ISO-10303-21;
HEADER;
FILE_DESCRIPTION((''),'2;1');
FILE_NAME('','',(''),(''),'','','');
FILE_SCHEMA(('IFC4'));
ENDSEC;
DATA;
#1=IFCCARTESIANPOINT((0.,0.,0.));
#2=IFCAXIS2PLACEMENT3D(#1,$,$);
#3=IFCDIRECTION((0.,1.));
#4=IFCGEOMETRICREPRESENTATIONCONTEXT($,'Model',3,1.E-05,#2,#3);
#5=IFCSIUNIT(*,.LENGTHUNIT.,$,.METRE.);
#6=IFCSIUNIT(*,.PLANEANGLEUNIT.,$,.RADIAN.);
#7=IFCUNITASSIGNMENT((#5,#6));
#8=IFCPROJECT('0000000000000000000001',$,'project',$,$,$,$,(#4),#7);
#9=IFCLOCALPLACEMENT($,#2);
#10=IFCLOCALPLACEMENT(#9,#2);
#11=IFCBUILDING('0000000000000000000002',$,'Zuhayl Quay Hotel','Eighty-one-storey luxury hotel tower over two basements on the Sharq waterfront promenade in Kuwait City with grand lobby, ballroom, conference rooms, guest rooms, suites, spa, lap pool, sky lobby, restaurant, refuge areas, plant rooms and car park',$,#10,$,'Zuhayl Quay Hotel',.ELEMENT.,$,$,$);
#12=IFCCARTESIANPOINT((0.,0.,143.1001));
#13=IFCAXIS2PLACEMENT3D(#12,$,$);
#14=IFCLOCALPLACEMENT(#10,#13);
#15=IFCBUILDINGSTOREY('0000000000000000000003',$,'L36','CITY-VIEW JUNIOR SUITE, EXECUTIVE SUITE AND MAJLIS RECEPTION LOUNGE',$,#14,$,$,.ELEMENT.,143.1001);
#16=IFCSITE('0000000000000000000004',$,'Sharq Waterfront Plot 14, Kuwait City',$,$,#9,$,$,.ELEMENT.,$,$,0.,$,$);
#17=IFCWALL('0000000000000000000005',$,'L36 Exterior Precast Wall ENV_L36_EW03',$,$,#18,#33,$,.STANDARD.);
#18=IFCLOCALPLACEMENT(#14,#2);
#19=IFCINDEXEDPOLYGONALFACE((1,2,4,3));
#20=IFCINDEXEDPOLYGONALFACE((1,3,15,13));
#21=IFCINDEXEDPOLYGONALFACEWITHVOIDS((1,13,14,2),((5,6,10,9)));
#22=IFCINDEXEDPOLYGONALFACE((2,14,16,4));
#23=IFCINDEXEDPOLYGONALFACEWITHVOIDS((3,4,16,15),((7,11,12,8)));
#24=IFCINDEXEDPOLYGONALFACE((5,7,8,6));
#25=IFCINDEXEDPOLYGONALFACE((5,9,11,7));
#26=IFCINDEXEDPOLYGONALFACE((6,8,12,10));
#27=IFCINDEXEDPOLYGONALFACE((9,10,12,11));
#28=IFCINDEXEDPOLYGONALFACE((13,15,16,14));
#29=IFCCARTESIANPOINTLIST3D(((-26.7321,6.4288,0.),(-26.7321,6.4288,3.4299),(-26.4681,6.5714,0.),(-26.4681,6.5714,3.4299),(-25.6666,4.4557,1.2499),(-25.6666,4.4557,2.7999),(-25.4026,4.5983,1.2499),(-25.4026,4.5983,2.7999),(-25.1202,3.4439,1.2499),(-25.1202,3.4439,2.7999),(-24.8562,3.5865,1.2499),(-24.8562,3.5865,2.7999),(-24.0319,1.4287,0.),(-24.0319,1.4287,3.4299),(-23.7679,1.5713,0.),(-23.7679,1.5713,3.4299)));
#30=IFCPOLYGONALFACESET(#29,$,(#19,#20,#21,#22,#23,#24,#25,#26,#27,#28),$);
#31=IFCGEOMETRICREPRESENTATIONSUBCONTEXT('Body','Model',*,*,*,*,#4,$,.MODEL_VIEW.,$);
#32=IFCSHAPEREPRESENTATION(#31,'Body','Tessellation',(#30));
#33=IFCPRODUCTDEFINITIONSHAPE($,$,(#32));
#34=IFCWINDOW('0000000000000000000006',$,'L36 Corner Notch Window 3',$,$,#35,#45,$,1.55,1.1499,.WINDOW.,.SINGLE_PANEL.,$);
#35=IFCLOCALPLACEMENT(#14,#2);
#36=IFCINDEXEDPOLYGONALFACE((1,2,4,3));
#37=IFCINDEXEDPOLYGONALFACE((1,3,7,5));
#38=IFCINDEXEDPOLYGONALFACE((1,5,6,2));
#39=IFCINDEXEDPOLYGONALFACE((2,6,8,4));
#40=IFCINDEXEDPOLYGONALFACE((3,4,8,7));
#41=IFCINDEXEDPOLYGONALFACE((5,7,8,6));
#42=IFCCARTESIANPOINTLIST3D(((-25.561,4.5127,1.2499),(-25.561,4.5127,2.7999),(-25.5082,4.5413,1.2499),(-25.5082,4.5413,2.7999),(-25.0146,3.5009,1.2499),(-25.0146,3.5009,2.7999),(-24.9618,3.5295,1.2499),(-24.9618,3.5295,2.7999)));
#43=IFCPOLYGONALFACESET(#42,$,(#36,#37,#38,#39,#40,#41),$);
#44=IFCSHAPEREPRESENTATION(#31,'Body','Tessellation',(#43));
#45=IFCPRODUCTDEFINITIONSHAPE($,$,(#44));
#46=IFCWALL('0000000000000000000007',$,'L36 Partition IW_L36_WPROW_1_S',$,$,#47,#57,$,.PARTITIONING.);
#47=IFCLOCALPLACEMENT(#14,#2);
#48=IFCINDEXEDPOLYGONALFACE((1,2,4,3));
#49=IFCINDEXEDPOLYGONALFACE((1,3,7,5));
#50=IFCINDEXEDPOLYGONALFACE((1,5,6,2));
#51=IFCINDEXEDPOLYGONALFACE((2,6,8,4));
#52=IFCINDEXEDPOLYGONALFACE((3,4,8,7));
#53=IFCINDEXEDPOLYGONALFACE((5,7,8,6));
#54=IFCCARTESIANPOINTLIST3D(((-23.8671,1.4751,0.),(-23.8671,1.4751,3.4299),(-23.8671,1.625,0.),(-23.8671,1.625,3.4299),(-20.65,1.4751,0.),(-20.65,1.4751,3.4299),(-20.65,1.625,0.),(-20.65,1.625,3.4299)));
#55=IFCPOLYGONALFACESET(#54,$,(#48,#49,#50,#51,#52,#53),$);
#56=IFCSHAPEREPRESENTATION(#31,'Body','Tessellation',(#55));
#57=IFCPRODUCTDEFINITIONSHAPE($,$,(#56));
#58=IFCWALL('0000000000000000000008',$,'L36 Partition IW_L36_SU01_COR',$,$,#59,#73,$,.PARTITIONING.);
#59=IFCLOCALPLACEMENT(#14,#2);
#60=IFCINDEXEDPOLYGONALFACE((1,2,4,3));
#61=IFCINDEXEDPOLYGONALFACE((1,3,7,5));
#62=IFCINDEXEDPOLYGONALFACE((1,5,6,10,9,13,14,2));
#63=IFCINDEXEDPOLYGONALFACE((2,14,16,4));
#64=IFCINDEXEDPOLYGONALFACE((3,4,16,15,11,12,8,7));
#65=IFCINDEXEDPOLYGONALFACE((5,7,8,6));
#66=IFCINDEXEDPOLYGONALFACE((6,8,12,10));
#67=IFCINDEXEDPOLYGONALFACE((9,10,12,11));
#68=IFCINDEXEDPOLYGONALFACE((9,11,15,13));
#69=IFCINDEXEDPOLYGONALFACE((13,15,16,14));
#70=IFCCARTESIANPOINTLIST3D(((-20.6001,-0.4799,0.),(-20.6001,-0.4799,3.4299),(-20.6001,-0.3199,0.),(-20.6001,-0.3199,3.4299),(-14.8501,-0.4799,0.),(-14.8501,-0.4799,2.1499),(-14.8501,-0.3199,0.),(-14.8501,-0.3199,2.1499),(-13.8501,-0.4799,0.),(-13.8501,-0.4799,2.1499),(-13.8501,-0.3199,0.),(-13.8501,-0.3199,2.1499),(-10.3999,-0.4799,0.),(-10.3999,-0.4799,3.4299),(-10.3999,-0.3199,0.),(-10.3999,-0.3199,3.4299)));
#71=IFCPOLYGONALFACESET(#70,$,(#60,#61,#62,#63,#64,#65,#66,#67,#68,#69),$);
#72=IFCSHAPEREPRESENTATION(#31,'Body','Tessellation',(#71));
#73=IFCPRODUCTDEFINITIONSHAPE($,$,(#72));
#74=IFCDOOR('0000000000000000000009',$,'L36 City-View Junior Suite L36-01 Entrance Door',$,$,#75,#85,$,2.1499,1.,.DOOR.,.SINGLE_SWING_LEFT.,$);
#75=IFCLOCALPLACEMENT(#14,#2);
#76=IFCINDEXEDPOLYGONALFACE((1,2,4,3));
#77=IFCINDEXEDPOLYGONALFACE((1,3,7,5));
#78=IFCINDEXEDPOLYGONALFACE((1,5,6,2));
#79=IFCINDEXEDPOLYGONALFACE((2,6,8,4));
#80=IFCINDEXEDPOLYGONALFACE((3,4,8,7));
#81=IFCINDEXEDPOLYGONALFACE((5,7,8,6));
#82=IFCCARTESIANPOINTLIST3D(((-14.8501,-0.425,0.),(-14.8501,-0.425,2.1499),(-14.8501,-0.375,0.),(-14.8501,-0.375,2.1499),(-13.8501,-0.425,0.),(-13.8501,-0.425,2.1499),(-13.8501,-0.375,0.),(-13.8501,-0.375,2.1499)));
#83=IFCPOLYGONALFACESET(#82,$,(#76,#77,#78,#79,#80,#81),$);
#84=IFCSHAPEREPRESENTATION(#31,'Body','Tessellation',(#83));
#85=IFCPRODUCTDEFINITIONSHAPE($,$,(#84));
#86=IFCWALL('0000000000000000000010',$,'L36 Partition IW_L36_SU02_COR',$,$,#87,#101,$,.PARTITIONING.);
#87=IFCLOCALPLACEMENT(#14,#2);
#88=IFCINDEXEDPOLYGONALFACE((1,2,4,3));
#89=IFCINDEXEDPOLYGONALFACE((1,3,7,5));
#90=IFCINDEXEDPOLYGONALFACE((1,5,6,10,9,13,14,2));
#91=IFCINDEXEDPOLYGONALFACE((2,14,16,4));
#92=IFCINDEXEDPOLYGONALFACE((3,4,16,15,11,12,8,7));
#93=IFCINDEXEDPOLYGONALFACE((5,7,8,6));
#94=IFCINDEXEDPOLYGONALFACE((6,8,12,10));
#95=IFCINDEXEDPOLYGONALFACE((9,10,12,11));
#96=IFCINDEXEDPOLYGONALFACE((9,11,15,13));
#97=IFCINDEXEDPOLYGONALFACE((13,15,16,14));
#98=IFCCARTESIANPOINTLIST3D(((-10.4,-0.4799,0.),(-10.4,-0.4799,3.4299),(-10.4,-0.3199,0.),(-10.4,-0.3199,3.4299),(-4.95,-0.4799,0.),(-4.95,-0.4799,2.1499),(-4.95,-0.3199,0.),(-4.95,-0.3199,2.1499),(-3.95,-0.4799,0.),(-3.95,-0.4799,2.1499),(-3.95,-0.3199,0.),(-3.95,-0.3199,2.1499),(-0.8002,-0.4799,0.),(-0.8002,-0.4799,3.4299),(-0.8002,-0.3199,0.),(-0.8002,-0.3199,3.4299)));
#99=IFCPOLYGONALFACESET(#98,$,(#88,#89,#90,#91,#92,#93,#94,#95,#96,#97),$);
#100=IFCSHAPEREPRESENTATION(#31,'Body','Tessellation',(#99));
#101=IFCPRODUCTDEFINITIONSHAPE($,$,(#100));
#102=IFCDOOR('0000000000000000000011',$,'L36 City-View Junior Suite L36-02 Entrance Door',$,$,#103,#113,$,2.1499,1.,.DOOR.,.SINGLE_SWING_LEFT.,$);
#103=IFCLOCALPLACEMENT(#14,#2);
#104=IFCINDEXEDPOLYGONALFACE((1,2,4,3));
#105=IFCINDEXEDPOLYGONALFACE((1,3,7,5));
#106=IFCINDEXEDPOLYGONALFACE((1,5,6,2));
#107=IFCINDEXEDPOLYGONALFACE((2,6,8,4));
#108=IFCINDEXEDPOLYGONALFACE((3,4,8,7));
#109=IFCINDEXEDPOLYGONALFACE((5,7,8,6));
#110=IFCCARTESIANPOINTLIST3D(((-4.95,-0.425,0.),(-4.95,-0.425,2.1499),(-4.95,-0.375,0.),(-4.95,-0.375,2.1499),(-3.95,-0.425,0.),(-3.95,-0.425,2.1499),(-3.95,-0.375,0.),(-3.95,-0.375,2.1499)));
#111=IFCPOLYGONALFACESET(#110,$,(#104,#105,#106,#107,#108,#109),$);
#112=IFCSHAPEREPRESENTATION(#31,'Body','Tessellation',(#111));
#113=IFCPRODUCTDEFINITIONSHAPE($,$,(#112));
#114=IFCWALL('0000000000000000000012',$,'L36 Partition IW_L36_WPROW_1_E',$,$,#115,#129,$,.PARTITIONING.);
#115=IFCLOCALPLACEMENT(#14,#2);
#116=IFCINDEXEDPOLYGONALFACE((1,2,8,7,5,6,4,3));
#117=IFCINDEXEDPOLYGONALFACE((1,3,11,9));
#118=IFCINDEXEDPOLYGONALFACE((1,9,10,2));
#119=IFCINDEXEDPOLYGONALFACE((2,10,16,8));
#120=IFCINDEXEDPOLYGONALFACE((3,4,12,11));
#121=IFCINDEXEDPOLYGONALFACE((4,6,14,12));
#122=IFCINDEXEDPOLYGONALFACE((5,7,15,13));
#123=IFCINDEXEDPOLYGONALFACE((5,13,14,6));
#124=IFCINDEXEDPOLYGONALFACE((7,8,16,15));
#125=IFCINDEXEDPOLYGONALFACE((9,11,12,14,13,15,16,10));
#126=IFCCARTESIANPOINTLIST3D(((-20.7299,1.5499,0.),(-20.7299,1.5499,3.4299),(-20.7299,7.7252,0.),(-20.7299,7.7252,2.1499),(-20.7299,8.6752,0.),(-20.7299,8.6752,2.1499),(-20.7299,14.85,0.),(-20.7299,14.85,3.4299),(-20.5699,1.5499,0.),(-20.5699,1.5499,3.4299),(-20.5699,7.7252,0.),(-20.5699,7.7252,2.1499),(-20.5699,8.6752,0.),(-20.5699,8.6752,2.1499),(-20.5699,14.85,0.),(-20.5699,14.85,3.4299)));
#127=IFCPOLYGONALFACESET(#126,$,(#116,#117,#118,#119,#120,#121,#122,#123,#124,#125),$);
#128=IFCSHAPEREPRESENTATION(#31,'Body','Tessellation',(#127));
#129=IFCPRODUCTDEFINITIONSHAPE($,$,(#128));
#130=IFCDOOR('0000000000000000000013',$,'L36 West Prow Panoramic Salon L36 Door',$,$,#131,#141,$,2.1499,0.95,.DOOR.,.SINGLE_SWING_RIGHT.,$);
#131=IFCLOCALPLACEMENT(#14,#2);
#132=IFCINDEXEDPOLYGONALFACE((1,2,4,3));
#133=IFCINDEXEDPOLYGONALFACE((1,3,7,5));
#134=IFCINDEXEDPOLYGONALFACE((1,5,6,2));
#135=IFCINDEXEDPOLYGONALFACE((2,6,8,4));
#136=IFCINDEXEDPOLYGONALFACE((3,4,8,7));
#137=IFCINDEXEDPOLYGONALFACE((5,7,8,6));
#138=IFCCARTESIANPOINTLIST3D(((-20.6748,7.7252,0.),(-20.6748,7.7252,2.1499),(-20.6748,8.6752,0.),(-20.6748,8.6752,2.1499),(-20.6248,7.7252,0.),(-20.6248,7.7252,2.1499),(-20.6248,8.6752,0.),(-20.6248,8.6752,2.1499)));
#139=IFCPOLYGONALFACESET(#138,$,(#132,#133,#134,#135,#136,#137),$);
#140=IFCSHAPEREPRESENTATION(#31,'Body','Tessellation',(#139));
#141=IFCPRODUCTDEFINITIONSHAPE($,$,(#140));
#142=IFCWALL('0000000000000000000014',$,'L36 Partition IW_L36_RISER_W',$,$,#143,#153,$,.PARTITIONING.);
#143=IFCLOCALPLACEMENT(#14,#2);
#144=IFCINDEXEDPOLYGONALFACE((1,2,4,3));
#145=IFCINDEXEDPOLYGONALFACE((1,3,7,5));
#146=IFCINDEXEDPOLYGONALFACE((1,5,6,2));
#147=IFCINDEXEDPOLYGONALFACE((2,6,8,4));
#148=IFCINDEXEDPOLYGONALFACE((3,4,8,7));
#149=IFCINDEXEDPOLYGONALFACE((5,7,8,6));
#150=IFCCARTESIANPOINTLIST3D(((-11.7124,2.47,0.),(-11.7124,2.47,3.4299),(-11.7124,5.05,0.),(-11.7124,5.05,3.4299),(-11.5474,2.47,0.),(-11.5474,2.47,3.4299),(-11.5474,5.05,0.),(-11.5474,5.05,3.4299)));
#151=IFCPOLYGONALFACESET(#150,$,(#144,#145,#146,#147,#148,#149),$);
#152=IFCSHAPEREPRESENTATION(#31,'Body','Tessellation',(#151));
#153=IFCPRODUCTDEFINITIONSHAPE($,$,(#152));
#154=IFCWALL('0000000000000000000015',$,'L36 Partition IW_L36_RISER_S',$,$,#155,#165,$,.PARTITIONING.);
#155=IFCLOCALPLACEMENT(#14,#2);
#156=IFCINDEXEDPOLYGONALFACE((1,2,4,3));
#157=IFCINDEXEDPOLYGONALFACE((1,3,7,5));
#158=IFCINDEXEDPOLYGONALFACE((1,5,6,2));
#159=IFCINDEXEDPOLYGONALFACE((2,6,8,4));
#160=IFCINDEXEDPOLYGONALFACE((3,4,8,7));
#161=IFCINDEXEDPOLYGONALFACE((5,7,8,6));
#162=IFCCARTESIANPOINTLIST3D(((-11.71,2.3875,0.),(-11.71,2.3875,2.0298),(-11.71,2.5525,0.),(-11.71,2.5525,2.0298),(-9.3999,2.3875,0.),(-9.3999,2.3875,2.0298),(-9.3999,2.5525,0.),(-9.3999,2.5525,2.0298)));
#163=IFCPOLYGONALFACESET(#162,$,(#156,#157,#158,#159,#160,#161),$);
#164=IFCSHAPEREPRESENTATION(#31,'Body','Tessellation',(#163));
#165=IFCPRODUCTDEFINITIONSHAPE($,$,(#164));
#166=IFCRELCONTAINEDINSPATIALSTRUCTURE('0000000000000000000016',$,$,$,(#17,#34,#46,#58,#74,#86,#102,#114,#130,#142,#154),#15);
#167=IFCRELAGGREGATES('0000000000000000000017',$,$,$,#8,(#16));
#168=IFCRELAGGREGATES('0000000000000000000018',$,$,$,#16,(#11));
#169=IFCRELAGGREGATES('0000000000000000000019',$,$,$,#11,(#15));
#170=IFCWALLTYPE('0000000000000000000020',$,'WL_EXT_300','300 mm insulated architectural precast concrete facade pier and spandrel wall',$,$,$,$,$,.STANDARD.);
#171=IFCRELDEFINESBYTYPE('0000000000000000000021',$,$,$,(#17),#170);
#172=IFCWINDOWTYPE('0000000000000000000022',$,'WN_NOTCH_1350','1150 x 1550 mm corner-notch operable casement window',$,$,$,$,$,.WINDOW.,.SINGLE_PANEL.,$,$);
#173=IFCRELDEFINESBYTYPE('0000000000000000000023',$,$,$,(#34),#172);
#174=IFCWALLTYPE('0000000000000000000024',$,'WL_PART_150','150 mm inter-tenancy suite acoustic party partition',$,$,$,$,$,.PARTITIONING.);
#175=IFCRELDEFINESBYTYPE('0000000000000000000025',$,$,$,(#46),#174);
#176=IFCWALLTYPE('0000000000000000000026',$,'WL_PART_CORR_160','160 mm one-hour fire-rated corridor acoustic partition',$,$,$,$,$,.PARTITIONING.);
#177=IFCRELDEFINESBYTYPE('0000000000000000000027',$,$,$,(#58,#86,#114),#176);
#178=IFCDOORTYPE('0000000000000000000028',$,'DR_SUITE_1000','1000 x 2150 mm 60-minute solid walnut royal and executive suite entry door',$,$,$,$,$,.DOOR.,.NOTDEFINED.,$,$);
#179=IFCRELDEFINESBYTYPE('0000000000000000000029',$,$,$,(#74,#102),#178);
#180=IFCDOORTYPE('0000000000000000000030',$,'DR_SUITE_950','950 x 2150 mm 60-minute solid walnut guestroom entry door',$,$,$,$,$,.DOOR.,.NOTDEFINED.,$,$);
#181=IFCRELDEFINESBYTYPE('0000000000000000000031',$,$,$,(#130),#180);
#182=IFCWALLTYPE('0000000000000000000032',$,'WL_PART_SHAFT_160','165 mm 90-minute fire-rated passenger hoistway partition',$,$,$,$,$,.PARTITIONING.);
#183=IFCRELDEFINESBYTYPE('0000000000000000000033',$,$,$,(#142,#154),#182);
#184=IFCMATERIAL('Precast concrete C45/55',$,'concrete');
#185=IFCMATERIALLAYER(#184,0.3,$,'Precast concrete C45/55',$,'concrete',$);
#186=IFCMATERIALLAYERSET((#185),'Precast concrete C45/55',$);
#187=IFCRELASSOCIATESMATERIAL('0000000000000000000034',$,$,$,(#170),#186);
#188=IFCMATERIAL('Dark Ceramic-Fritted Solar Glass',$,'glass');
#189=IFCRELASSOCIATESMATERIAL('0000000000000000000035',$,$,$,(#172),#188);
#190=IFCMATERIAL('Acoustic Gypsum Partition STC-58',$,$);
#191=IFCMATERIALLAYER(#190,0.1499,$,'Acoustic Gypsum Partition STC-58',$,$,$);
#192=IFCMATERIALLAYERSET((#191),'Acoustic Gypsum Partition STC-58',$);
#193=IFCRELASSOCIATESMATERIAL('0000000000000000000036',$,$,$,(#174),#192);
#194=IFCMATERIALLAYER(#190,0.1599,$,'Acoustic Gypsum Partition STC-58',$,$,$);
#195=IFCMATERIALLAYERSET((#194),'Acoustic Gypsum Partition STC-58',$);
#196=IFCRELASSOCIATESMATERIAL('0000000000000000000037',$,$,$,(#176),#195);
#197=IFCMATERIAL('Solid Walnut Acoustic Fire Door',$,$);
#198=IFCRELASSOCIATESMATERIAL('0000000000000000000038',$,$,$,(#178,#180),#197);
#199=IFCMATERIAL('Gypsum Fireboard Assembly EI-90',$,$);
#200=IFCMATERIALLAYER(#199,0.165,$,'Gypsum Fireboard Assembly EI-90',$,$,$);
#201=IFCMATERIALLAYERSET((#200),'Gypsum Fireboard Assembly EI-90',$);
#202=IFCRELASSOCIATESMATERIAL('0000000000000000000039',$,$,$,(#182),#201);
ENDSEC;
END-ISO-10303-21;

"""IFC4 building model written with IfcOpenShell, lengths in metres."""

from ifc_helpers import new_model, si_unit, direction, frame, frame_2d, origin, place, context, subcontext, project, spatial, rectangle, extrude, material, layer, layer_set, type_object, element, fill, save


model = new_model("IFC4")

# Units and contexts
model_context = context("Model", 3, precision=1e-05, world=origin(), true_north=direction((0.0, 1.0)))
body_context = subcontext(model_context, "Body", "Model", "MODEL_VIEW")
ifc_project = project(units=[si_unit("LENGTHUNIT", "METRE"), si_unit("PLANEANGLEUNIT", "RADIAN")], contexts=[model_context])

# Site, building, storey
site_placement = place(None, origin())
site = spatial("IfcSite", under=ifc_project, at=site_placement, Name="Sharq Waterfront Plot 14, Kuwait City", CompositionType="ELEMENT", RefElevation=0.0)
building_placement = place(site_placement, origin())
building = spatial("IfcBuilding", under=site, at=building_placement, Name="Zuhayl Quay Hotel", Description="Eighty-one-storey luxury hotel tower over two basements on the Sharq waterfront promenade in Kuwait City with grand lobby, ballroom, conference rooms, guest rooms, suites, spa, lap pool, sky lobby, restaurant, refuge areas, plant rooms and car park", LongName="Zuhayl Quay Hotel", CompositionType="ELEMENT")
storey_placement = place(building_placement, frame((0.0, 0.0, 143.1001)))
storey = spatial("IfcBuildingStorey", under=building, at=storey_placement, Name="L36", Description="CITY-VIEW JUNIOR SUITE, EXECUTIVE SUITE AND MAJLIS RECEPTION LOUNGE", CompositionType="ELEMENT", Elevation=143.1001)

# Shared definitions
ifc_material_1 = material(Name="Precast concrete C45/55", Category="concrete")
ifc_layer_1 = layer(ifc_material_1, 0.3, Name="Precast concrete C45/55", Category="concrete")
ifc_layer_set_1 = layer_set([ifc_layer_1], Name="Precast concrete C45/55")
wall_type_1 = type_object("IfcWallType", Name="WL_EXT_300", Description="300 mm insulated architectural precast concrete facade pier and spandrel wall", PredefinedType="STANDARD", material=ifc_layer_set_1)

# Wall, opening, window
wall_1_placement = place(storey_placement, frame((-23.8999, 1.5, 0.0), z_axis=(0.0, 0.0, 1.0), x_axis=(-0.475176, 0.879891, 0.0)))
wall_1 = element("IfcWall", 1, at=wall_1_placement, inside=storey, type_object=wall_type_1, Name="L36 Exterior Precast Wall ENV_L36_EW03", PredefinedType="STANDARD", context=body_context, shape_type="SweptSolid", body=[
    extrude(rectangle(XDim=5.6826, YDim=0.3, at=frame_2d((2.8413, 0.0))), origin(), (0.0, 0.0, 1.0), 3.4299),
])
opening_1_placement = place(wall_1_placement, frame((2.2903, 0.0, 1.25)))
opening_1 = element("IfcOpeningElement", 2, at=opening_1_placement, cuts=wall_1, PredefinedType="OPENING", context=body_context, shape_type="SweptSolid", body=[
    extrude(rectangle(XDim=1.1499, YDim=1.55, at=frame_2d((0.575, 0.7749))), frame((0.0, 0.1599, 0.0), z_axis=(0.0, -1.0, 0.0), x_axis=(1.0, 0.0, 0.0)), (0.0, 0.0, 1.0), 0.3201),
])
ifc_material_2 = material(Name="Dark Ceramic-Fritted Solar Glass", Category="glass")
window_type = type_object("IfcWindowType", Name="WN_NOTCH_1350", Description="1150 x 1550 mm corner-notch operable casement window", PartitioningType="SINGLE_PANEL", PredefinedType="WINDOW", material=ifc_material_2)
window_placement = place(opening_1_placement, origin())
window = element("IfcWindow", 3, at=window_placement, inside=storey, type_object=window_type, Name="L36 Corner Notch Window 3", OverallHeight=1.55, OverallWidth=1.1499, PartitioningType="SINGLE_PANEL", PredefinedType="WINDOW", context=body_context, shape_type="SweptSolid", body=[
    extrude(rectangle(XDim=1.1499, YDim=1.55, at=frame_2d((0.575, 0.7749))), frame((0.0, 0.03, 0.0), z_axis=(0.0, -1.0, 0.0), x_axis=(1.0, 0.0, 0.0)), (0.0, 0.0, 1.0), 0.0601),
])
fill(opening_1, window)

# Wall
ifc_material_3 = material(Name="Acoustic Gypsum Partition STC-58")
ifc_layer_2 = layer(ifc_material_3, 0.1499, Name="Acoustic Gypsum Partition STC-58")
ifc_layer_set_2 = layer_set([ifc_layer_2], Name="Acoustic Gypsum Partition STC-58")
wall_type_2 = type_object("IfcWallType", Name="WL_PART_150", Description="150 mm inter-tenancy suite acoustic party partition", PredefinedType="PARTITIONING", material=ifc_layer_set_2)
wall_2_placement = place(storey_placement, frame((-23.8669, 1.55, 0.0), z_axis=(0.0, 0.0, 1.0), x_axis=(1.0, 0.0, 0.0)))
element("IfcWall", 4, at=wall_2_placement, inside=storey, type_object=wall_type_2, Name="L36 Partition IW_L36_WPROW_1_S", PredefinedType="PARTITIONING", context=body_context, shape_type="SweptSolid", body=[
    extrude(rectangle(XDim=3.217, YDim=0.1499, at=frame_2d((1.6084, 0.0))), origin(), (0.0, 0.0, 1.0), 3.4299),
])

# Walls, openings, doors
ifc_layer_3 = layer(ifc_material_3, 0.1599, Name="Acoustic Gypsum Partition STC-58")
ifc_layer_set_3 = layer_set([ifc_layer_3], Name="Acoustic Gypsum Partition STC-58")
wall_type_3 = type_object("IfcWallType", Name="WL_PART_CORR_160", Description="160 mm one-hour fire-rated corridor acoustic partition", PredefinedType="PARTITIONING", material=ifc_layer_set_3)
wall_3_placement = place(storey_placement, frame((-20.6001, -0.3999, 0.0), z_axis=(0.0, 0.0, 1.0), x_axis=(1.0, 0.0, 0.0)))
wall_3 = element("IfcWall", 5, at=wall_3_placement, inside=storey, type_object=wall_type_3, Name="L36 Partition IW_L36_SU01_COR", PredefinedType="PARTITIONING", context=body_context, shape_type="SweptSolid", body=[
    extrude(rectangle(XDim=10.2002, YDim=0.1599, at=frame_2d((5.1001, 0.0))), origin(), (0.0, 0.0, 1.0), 3.4299),
])
opening_2_placement = place(wall_3_placement, frame((5.75, 0.0, 0.0)))
opening_2 = element("IfcOpeningElement", 6, at=opening_2_placement, cuts=wall_3, PredefinedType="OPENING", context=body_context, shape_type="SweptSolid", body=[
    extrude(rectangle(XDim=1.0, YDim=2.1499, at=frame_2d((0.5, 1.075))), frame((0.0, 0.0898, 0.0), z_axis=(0.0, -1.0, 0.0), x_axis=(1.0, 0.0, 0.0)), (0.0, 0.0, 1.0), 0.1799),
])
ifc_material_4 = material(Name="Solid Walnut Acoustic Fire Door")
door_type_1 = type_object("IfcDoorType", Name="DR_SUITE_1000", Description="1000 x 2150 mm 60-minute solid walnut royal and executive suite entry door", OperationType="NOTDEFINED", PredefinedType="DOOR", material=ifc_material_4)
door_1_placement = place(opening_2_placement, origin())
door_1 = element("IfcDoor", 7, at=door_1_placement, inside=storey, type_object=door_type_1, Name="L36 City-View Junior Suite L36-01 Entrance Door", OperationType="SINGLE_SWING_LEFT", OverallHeight=2.1499, OverallWidth=1.0, PredefinedType="DOOR", context=body_context, shape_type="SweptSolid", body=[
    extrude(rectangle(XDim=1.0, YDim=2.1499, at=frame_2d((0.5, 1.075))), frame((0.0, 0.0249, 0.0), z_axis=(0.0, -1.0, 0.0), x_axis=(1.0, 0.0, 0.0)), (0.0, 0.0, 1.0), 0.05),
])
fill(opening_2, door_1)
wall_4_placement = place(storey_placement, frame((-10.3999, -0.3999, 0.0), z_axis=(0.0, 0.0, 1.0), x_axis=(1.0, 0.0, 0.0)))
wall_4 = element("IfcWall", 8, at=wall_4_placement, inside=storey, type_object=wall_type_3, Name="L36 Partition IW_L36_SU02_COR", PredefinedType="PARTITIONING", context=body_context, shape_type="SweptSolid", body=[
    extrude(rectangle(XDim=9.5999, YDim=0.1599, at=frame_2d((4.7998, 0.0))), origin(), (0.0, 0.0, 1.0), 3.4299),
])
opening_3_placement = place(wall_4_placement, frame((5.45, 0.0, 0.0)))
opening_3 = element("IfcOpeningElement", 9, at=opening_3_placement, cuts=wall_4, PredefinedType="OPENING", context=body_context, shape_type="SweptSolid", body=[
    extrude(rectangle(XDim=1.0, YDim=2.1499, at=frame_2d((0.5, 1.075))), frame((0.0, 0.0898, 0.0), z_axis=(0.0, -1.0, 0.0), x_axis=(1.0, 0.0, 0.0)), (0.0, 0.0, 1.0), 0.1799),
])
door_2_placement = place(opening_3_placement, origin())
door_2 = element("IfcDoor", 10, at=door_2_placement, inside=storey, type_object=door_type_1, Name="L36 City-View Junior Suite L36-02 Entrance Door", OperationType="SINGLE_SWING_LEFT", OverallHeight=2.1499, OverallWidth=1.0, PredefinedType="DOOR", context=body_context, shape_type="SweptSolid", body=[
    extrude(rectangle(XDim=1.0, YDim=2.1499, at=frame_2d((0.5, 1.075))), frame((0.0, 0.0249, 0.0), z_axis=(0.0, -1.0, 0.0), x_axis=(1.0, 0.0, 0.0)), (0.0, 0.0, 1.0), 0.05),
])
fill(opening_3, door_2)
wall_5_placement = place(storey_placement, frame((-20.6499, 1.55, 0.0), z_axis=(0.0, 0.0, 1.0), x_axis=(0.0, 1.0, 0.0)))
wall_5 = element("IfcWall", 11, at=wall_5_placement, inside=storey, type_object=wall_type_3, Name="L36 Partition IW_L36_WPROW_1_E", PredefinedType="PARTITIONING", context=body_context, shape_type="SweptSolid", body=[
    extrude(rectangle(XDim=13.3, YDim=0.1599, at=frame_2d((6.6499, 0.0))), origin(), (0.0, 0.0, 1.0), 3.4299),
])
opening_4_placement = place(wall_5_placement, frame((6.175, 0.0, 0.0)))
opening_4 = element("IfcOpeningElement", 12, at=opening_4_placement, cuts=wall_5, PredefinedType="OPENING", context=body_context, shape_type="SweptSolid", body=[
    extrude(rectangle(XDim=0.95, YDim=2.1499, at=frame_2d((0.4751, 1.075))), frame((0.0, 0.0898, 0.0), z_axis=(0.0, -1.0, 0.0), x_axis=(1.0, 0.0, 0.0)), (0.0, 0.0, 1.0), 0.1799),
])
door_type_2 = type_object("IfcDoorType", Name="DR_SUITE_950", Description="950 x 2150 mm 60-minute solid walnut guestroom entry door", OperationType="NOTDEFINED", PredefinedType="DOOR", material=ifc_material_4)
door_3_placement = place(opening_4_placement, origin())
door_3 = element("IfcDoor", 13, at=door_3_placement, inside=storey, type_object=door_type_2, Name="L36 West Prow Panoramic Salon L36 Door", OperationType="SINGLE_SWING_RIGHT", OverallHeight=2.1499, OverallWidth=0.95, PredefinedType="DOOR", context=body_context, shape_type="SweptSolid", body=[
    extrude(rectangle(XDim=0.95, YDim=2.1499, at=frame_2d((0.4751, 1.075))), frame((0.0, 0.0249, 0.0), z_axis=(0.0, -1.0, 0.0), x_axis=(1.0, 0.0, 0.0)), (0.0, 0.0, 1.0), 0.05),
])
fill(opening_4, door_3)

# Walls
ifc_material_5 = material(Name="Gypsum Fireboard Assembly EI-90")
ifc_layer_4 = layer(ifc_material_5, 0.165, Name="Gypsum Fireboard Assembly EI-90")
ifc_layer_set_4 = layer_set([ifc_layer_4], Name="Gypsum Fireboard Assembly EI-90")
wall_type_4 = type_object("IfcWallType", Name="WL_PART_SHAFT_160", Description="165 mm 90-minute fire-rated passenger hoistway partition", PredefinedType="PARTITIONING", material=ifc_layer_set_4)
wall_6_placement = place(storey_placement, frame((-11.6299, 2.47, 0.0), z_axis=(0.0, 0.0, 1.0), x_axis=(0.0, 1.0, 0.0)))
element("IfcWall", 14, at=wall_6_placement, inside=storey, type_object=wall_type_4, Name="L36 Partition IW_L36_RISER_W", PredefinedType="PARTITIONING", context=body_context, shape_type="SweptSolid", body=[
    extrude(rectangle(XDim=2.5801, YDim=0.165, at=frame_2d((1.29, 0.0))), origin(), (0.0, 0.0, 1.0), 3.4299),
])
wall_7_placement = place(storey_placement, frame((-11.71, 2.47, 0.0), z_axis=(0.0, 0.0, 1.0), x_axis=(1.0, 0.0, 0.0)))
element("IfcWall", 15, at=wall_7_placement, inside=storey, type_object=wall_type_4, Name="L36 Partition IW_L36_RISER_S", PredefinedType="PARTITIONING", context=body_context, shape_type="SweptSolid", body=[
    extrude(rectangle(XDim=2.3101, YDim=0.165, at=frame_2d((1.155, 0.0))), origin(), (0.0, 0.0, 1.0), 2.0298),
])

save(model, "model.ifc")
